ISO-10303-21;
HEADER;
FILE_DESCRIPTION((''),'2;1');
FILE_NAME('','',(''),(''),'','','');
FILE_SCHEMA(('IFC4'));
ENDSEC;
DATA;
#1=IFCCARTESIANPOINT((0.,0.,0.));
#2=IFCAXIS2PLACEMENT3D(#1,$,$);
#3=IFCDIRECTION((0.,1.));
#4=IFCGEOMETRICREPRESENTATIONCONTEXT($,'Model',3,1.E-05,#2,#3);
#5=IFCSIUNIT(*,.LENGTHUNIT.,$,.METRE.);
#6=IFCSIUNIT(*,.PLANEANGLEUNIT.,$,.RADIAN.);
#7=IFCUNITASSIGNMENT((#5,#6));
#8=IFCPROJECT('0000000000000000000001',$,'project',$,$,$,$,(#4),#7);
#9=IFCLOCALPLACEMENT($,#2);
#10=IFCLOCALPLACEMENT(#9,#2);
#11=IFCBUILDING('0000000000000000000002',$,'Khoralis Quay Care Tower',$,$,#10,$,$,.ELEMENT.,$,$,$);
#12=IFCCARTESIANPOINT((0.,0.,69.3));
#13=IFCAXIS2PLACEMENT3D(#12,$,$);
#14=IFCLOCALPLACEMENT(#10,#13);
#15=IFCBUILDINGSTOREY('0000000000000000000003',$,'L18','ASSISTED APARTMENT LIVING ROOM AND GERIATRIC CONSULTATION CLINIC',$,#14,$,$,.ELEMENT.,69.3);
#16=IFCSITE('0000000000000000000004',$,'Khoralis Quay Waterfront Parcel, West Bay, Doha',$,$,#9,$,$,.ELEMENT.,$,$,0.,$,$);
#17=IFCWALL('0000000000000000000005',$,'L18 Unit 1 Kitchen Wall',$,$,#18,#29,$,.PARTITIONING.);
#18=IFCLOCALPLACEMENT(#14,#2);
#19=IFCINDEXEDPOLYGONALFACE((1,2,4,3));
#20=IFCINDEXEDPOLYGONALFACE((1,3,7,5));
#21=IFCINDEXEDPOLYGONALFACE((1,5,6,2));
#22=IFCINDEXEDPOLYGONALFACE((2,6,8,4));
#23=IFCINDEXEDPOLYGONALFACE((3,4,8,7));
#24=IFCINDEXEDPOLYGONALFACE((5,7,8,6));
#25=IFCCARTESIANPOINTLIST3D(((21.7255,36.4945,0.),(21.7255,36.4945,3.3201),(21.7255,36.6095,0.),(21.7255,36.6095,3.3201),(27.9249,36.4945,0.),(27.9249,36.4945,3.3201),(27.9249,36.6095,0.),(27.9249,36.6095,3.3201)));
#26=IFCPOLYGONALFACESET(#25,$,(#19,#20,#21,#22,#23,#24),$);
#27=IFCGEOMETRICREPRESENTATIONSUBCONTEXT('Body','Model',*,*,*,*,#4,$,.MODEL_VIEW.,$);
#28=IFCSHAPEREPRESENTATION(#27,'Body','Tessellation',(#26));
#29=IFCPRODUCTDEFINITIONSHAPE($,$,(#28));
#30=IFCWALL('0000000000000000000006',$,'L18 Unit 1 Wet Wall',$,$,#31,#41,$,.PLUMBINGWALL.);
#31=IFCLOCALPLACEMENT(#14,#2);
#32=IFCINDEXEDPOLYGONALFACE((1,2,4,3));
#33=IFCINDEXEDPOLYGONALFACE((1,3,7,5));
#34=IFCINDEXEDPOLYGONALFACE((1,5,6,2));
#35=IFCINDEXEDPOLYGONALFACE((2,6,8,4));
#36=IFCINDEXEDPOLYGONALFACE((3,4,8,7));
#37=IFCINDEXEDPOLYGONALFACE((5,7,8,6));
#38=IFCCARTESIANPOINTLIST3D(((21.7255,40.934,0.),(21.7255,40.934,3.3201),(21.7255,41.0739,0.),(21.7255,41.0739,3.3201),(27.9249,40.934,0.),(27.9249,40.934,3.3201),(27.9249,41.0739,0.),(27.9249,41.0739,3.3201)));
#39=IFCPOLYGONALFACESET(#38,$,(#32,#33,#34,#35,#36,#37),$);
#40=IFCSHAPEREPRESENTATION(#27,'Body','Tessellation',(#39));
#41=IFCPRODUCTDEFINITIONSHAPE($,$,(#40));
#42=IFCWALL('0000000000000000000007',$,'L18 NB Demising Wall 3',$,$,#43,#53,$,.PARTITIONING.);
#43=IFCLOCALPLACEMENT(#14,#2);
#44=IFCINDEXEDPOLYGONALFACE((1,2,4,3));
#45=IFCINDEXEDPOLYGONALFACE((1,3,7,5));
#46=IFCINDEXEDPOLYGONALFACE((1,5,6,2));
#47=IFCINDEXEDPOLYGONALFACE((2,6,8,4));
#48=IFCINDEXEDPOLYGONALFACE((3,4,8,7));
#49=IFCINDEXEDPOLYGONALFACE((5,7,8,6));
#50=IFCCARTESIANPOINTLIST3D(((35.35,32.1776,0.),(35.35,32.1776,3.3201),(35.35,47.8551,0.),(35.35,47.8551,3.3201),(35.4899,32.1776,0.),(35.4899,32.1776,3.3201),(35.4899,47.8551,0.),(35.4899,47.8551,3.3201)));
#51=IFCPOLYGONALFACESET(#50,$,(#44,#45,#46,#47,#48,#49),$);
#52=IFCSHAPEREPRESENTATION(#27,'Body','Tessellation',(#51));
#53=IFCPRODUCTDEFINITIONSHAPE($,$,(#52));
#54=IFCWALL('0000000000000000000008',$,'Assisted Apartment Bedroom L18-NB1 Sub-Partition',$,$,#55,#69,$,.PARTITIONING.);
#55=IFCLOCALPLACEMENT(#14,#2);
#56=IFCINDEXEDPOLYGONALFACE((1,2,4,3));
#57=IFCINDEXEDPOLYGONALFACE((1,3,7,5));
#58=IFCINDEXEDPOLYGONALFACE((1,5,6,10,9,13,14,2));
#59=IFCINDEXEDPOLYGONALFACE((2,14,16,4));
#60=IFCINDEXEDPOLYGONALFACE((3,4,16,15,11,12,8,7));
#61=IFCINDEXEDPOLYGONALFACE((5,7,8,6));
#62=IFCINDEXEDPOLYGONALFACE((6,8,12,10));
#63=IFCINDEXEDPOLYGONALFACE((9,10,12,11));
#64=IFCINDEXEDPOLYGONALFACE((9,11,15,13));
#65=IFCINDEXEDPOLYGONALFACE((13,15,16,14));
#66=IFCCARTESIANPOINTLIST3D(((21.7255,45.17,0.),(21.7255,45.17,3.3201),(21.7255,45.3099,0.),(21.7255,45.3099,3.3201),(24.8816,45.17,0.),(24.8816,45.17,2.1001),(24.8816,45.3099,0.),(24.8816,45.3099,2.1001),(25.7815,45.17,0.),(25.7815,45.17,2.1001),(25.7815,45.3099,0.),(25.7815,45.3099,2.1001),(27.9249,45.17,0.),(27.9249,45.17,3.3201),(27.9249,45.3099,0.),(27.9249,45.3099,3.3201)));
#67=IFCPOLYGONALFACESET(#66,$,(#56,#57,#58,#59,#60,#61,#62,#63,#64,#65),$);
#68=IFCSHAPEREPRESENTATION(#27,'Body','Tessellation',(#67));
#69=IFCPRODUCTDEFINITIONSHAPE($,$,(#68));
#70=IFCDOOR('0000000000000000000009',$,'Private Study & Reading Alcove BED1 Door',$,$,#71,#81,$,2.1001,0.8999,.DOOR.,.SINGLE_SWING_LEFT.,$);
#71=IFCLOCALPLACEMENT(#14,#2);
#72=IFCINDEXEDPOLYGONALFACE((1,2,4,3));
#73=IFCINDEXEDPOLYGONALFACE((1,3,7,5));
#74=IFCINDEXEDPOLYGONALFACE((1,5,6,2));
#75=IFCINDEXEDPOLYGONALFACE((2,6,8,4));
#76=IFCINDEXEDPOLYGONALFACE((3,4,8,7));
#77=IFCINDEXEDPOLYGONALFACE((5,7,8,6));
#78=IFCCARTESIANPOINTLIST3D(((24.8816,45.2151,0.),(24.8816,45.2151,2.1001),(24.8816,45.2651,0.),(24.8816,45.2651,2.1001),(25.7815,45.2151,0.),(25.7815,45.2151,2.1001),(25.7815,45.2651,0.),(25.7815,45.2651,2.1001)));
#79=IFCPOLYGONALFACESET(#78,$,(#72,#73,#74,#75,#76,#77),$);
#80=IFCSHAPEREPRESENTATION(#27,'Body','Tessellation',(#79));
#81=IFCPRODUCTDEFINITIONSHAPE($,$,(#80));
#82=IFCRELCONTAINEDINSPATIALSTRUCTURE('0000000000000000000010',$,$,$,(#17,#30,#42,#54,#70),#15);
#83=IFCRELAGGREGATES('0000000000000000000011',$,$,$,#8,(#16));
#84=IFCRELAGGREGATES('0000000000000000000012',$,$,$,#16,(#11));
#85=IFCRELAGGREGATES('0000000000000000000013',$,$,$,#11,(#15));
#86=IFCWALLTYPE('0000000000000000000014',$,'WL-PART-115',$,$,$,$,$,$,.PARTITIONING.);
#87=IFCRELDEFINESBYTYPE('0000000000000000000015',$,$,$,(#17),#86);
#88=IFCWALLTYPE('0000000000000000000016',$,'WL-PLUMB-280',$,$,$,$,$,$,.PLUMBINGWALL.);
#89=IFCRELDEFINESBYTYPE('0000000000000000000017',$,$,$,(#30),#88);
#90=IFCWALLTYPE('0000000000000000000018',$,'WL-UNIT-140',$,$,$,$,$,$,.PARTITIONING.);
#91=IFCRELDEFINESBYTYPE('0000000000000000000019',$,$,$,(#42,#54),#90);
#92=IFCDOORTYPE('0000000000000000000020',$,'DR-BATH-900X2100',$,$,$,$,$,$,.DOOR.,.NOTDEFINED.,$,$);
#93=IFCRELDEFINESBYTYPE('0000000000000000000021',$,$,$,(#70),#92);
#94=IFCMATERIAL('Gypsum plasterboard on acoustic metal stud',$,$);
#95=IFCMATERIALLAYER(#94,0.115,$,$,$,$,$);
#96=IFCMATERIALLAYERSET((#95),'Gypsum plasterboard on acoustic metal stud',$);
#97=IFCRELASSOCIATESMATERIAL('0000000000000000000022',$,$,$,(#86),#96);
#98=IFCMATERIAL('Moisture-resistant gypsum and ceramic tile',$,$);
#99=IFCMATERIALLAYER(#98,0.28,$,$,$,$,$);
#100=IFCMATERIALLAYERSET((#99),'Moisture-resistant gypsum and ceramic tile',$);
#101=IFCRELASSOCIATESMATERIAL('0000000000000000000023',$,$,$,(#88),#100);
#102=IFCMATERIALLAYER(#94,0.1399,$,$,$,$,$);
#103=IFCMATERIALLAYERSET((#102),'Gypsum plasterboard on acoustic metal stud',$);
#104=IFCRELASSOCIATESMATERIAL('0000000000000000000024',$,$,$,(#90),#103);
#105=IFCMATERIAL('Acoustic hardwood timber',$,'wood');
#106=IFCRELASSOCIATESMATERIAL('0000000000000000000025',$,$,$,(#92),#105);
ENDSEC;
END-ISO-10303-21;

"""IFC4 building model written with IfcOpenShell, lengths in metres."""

from ifc_helpers import new_model, si_unit, direction, frame, frame_2d, origin, place, context, subcontext, project, spatial, rectangle, extrude, source, transform, mapped, material, layer, layer_set, type_object, element, fill, save


model = new_model("IFC4")

# Units and contexts
model_context = context("Model", 3, precision=1e-05, world=origin(), true_north=direction((0.0, 1.0)))
body_context = subcontext(model_context, "Body", "Model", "MODEL_VIEW")
ifc_project = project(units=[si_unit("LENGTHUNIT", "METRE"), si_unit("PLANEANGLEUNIT", "RADIAN")], contexts=[model_context])

# Site, building, storey
site_placement = place(None, origin())
site = spatial("IfcSite", under=ifc_project, at=site_placement, Name="Khoralis Quay Waterfront Parcel, West Bay, Doha", CompositionType="ELEMENT", RefElevation=0.0)
building_placement = place(site_placement, origin())
building = spatial("IfcBuilding", under=site, at=building_placement, Name="Khoralis Quay Care Tower", CompositionType="ELEMENT")
storey_placement = place(building_placement, frame((0.0, 0.0, 69.3)))
storey = spatial("IfcBuildingStorey", under=building, at=storey_placement, Name="L18", Description="ASSISTED APARTMENT LIVING ROOM AND GERIATRIC CONSULTATION CLINIC", CompositionType="ELEMENT", Elevation=69.3)

# Walls
ifc_material_1 = material(Name="Gypsum plasterboard on acoustic metal stud")
ifc_layer_1 = layer(ifc_material_1, 0.115)
ifc_layer_set_1 = layer_set([ifc_layer_1], Name="Gypsum plasterboard on acoustic metal stud")
wall_type_1 = type_object("IfcWallType", Name="WL-PART-115", PredefinedType="PARTITIONING", material=ifc_layer_set_1)
wall_1_placement = place(storey_placement, frame((21.7256, 36.552, 0.0), z_axis=(0.0, 0.0, 1.0), x_axis=(1.0, 0.0, 0.0)))
element("IfcWall", 1, at=wall_1_placement, inside=storey, type_object=wall_type_1, Name="L18 Unit 1 Kitchen Wall", PredefinedType="PARTITIONING", context=body_context, shape_type="SweptSolid", body=[
    extrude(rectangle(XDim=6.1995, YDim=0.115, at=frame_2d((3.0996, 0.0))), origin(), (0.0, 0.0, 1.0), 3.3201),
])
ifc_material_2 = material(Name="Moisture-resistant gypsum and ceramic tile")
ifc_layer_2 = layer(ifc_material_2, 0.28)
ifc_layer_set_2 = layer_set([ifc_layer_2], Name="Moisture-resistant gypsum and ceramic tile")
wall_type_2 = type_object("IfcWallType", Name="WL-PLUMB-280", PredefinedType="PLUMBINGWALL", material=ifc_layer_set_2)
wall_2_placement = place(storey_placement, frame((21.7256, 41.0039, 0.0), z_axis=(0.0, 0.0, 1.0), x_axis=(1.0, 0.0, 0.0)))
element("IfcWall", 2, at=wall_2_placement, inside=storey, type_object=wall_type_2, Name="L18 Unit 1 Wet Wall", PredefinedType="PLUMBINGWALL", context=body_context, shape_type="SweptSolid", body=[
    extrude(rectangle(XDim=6.1995, YDim=0.1399, at=frame_2d((3.0996, 0.0))), origin(), (0.0, 0.0, 1.0), 3.3201),
])
ifc_layer_3 = layer(ifc_material_1, 0.1399)
ifc_layer_set_3 = layer_set([ifc_layer_3], Name="Gypsum plasterboard on acoustic metal stud")
wall_type_3 = type_object("IfcWallType", Name="WL-UNIT-140", PredefinedType="PARTITIONING", material=ifc_layer_set_3)
wall_3_placement = place(storey_placement, frame((35.4199, 32.1775, 0.0), z_axis=(0.0, 0.0, 1.0), x_axis=(0.0, 1.0, 0.0)))
element("IfcWall", 3, at=wall_3_placement, inside=storey, type_object=wall_type_3, Name="L18 NB Demising Wall 3", PredefinedType="PARTITIONING", context=body_context, shape_type="SweptSolid", body=[
    extrude(rectangle(XDim=15.6775, YDim=0.1399, at=frame_2d((7.8389, 0.0))), origin(), (0.0, 0.0, 1.0), 3.3201),
])

# Wall, opening, door
wall_4_placement = place(storey_placement, frame((21.7256, 45.24, 0.0), z_axis=(0.0, 0.0, 1.0), x_axis=(1.0, 0.0, 0.0)))
wall_4 = element("IfcWall", 4, at=wall_4_placement, inside=storey, type_object=wall_type_3, Name="Assisted Apartment Bedroom L18-NB1 Sub-Partition", PredefinedType="PARTITIONING", context=body_context, shape_type="SweptSolid", body=[
    extrude(rectangle(XDim=6.1995, YDim=0.1399, at=frame_2d((3.0996, 0.0))), origin(), (0.0, 0.0, 1.0), 3.3201),
])
opening_placement = place(wall_4_placement, frame((3.156, 0.0, 0.0)))
opening = element("IfcOpeningElement", 5, at=opening_placement, cuts=wall_4, PredefinedType="OPENING", context=body_context, shape_type="SweptSolid", body=[
    extrude(rectangle(XDim=0.8999, YDim=2.1001, at=frame_2d((0.45, 1.05))), frame((0.0, 0.0801, 0.0), z_axis=(0.0, -1.0, 0.0), x_axis=(1.0, 0.0, 0.0)), (0.0, 0.0, 1.0), 0.1599),
])
ifc_material_3 = material(Name="Acoustic hardwood timber", Category="wood")
door_type = type_object("IfcDoorType", Name="DR-BATH-900X2100", OperationType="NOTDEFINED", PredefinedType="DOOR", material=ifc_material_3)
shared_shape_1 = source(origin(), body_context, "Body", "SweptSolid", [
    extrude(rectangle(XDim=0.8999, YDim=2.1001, at=frame_2d((0.45, 1.05))), frame((0.0, 0.0249, 0.0), z_axis=(0.0, -1.0, 0.0), x_axis=(1.0, 0.0, 0.0)), (0.0, 0.0, 1.0), 0.05),
])
door_placement = place(opening_placement, frame((0.8999, 0.0, 0.0), z_axis=(0.0, 0.0, 1.0), x_axis=(-1.0, 0.0, 0.0)))
door = element("IfcDoor", 6, at=door_placement, inside=storey, type_object=door_type, Name="Private Study & Reading Alcove BED1 Door", OperationType="SINGLE_SWING_LEFT", OverallHeight=2.1001, OverallWidth=0.8999, PredefinedType="DOOR", context=body_context, shape_type="MappedRepresentation", body=[
    mapped(shared_shape_1, transform((0.0, 0.0, 0.0), scale=1.0)),
])
fill(opening, door)

save(model, "model.ifc")
